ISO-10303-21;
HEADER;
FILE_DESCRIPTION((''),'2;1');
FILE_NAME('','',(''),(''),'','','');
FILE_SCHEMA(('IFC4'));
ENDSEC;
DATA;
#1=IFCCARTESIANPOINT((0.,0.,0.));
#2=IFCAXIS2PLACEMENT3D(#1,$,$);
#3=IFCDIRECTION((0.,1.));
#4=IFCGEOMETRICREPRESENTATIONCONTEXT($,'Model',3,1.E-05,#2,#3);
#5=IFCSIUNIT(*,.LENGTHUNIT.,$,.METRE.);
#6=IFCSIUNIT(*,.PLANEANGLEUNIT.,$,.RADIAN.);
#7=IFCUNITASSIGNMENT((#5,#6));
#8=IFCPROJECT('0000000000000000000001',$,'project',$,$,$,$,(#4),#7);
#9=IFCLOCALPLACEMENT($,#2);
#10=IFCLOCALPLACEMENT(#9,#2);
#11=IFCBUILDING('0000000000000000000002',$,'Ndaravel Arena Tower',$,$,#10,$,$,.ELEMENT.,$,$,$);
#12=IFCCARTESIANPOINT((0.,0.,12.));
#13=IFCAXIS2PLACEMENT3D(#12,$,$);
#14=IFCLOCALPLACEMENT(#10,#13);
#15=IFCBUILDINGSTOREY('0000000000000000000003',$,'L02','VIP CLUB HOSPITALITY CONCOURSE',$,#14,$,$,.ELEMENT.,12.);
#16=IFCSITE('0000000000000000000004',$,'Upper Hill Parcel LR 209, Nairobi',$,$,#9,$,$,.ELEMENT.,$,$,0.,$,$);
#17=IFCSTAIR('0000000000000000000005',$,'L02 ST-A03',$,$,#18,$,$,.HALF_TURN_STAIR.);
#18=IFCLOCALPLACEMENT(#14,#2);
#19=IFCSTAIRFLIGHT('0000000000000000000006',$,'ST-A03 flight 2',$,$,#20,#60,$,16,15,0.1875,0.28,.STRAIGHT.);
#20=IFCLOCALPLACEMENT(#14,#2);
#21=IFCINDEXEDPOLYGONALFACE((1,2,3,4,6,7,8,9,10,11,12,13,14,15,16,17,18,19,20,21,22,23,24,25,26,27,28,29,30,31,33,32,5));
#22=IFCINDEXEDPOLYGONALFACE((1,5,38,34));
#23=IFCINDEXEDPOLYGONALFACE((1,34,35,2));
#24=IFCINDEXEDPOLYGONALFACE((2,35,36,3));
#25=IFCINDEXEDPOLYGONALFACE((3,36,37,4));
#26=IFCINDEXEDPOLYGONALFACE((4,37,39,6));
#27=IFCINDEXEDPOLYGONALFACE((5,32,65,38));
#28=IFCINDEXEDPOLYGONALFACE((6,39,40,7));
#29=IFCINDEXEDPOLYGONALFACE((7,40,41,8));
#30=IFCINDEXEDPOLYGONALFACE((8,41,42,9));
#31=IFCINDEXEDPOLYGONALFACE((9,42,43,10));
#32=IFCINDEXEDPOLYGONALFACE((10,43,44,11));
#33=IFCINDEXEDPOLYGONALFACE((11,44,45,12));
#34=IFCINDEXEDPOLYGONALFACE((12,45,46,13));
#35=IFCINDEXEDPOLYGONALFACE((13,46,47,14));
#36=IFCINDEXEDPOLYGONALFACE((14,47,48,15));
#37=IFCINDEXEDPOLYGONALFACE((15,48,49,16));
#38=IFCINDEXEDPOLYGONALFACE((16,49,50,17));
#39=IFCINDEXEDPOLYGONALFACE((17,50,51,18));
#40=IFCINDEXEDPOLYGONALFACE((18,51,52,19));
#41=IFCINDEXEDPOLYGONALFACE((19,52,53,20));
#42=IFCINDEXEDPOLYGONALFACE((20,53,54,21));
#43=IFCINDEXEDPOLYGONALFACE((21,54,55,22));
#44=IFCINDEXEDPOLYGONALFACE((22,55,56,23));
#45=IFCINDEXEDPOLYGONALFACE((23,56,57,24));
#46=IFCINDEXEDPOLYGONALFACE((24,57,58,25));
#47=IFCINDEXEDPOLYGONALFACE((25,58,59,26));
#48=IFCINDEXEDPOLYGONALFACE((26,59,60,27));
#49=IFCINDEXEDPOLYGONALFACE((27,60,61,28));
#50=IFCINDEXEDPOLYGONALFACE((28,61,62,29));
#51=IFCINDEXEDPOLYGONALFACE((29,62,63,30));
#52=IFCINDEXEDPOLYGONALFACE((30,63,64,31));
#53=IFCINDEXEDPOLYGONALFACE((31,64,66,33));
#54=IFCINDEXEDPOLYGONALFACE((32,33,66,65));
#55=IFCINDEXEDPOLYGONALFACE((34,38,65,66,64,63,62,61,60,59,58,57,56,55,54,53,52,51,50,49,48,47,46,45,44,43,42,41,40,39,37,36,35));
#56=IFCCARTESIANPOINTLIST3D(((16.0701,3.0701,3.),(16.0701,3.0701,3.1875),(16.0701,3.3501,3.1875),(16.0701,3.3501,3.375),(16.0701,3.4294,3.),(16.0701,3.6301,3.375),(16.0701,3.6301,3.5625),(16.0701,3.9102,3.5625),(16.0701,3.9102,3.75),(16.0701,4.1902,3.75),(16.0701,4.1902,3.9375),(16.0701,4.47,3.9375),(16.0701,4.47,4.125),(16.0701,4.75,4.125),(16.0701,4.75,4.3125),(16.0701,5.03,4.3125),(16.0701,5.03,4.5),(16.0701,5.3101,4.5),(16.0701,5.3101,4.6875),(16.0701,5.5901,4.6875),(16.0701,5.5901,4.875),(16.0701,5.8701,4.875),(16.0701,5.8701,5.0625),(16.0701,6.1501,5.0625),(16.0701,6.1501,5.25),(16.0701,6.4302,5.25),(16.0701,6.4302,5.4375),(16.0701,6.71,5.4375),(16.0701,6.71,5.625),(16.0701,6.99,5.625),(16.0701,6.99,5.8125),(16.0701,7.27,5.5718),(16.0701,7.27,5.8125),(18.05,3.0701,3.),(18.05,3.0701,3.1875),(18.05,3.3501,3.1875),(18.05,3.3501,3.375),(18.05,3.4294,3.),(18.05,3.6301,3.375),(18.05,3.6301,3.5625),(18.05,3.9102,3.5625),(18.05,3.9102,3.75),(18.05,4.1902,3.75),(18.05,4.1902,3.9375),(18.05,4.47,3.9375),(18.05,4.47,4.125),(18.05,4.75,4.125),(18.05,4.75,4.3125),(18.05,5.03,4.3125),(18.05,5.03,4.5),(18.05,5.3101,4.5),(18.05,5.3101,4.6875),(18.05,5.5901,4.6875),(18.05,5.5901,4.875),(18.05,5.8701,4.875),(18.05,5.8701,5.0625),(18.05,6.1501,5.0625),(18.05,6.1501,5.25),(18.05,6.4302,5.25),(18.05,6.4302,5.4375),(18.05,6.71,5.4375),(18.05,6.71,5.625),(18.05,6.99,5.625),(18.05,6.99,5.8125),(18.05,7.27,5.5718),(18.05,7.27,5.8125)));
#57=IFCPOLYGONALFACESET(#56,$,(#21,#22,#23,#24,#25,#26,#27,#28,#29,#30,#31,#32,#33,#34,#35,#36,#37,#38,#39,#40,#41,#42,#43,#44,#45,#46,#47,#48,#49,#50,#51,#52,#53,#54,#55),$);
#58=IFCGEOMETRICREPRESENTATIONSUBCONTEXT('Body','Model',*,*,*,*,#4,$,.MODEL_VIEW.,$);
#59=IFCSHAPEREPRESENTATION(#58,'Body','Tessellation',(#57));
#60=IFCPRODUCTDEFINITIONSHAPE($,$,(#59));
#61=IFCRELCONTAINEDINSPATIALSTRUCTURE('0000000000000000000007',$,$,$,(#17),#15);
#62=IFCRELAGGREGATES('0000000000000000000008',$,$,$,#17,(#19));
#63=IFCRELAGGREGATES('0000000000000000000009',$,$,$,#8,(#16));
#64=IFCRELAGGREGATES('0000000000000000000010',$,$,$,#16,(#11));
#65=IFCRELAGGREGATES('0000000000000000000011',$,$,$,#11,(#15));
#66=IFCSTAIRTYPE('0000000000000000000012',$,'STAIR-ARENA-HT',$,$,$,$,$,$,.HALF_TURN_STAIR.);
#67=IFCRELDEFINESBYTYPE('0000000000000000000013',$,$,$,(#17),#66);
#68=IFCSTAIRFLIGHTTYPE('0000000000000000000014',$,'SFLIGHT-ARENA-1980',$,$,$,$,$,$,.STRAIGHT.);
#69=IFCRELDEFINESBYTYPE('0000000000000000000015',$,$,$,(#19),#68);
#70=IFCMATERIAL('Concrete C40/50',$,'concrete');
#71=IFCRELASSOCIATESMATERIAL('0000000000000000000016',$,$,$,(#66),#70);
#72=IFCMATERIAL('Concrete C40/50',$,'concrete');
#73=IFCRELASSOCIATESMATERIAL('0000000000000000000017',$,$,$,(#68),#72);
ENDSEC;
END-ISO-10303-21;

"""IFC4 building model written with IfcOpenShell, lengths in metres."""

from ifc_helpers import new_model, si_unit, direction, frame, origin, place, context, subcontext, project, spatial, polyline, outline, extrude, material, type_object, element, aggregate, save


model = new_model("IFC4")

# Units and contexts
model_context = context("Model", 3, precision=1e-05, world=origin(), true_north=direction((0.0, 1.0)))
body_context = subcontext(model_context, "Body", "Model", "MODEL_VIEW")
ifc_project = project(units=[si_unit("LENGTHUNIT", "METRE"), si_unit("PLANEANGLEUNIT", "RADIAN")], contexts=[model_context])

# Site, building, storey
site_placement = place(None, origin())
site = spatial("IfcSite", under=ifc_project, at=site_placement, Name="Upper Hill Parcel LR 209, Nairobi", CompositionType="ELEMENT", RefElevation=0.0)
building_placement = place(site_placement, origin())
building = spatial("IfcBuilding", under=site, at=building_placement, Name="Ndaravel Arena Tower", CompositionType="ELEMENT")
storey_placement = place(building_placement, frame((0.0, 0.0, 12.0)))
storey = spatial("IfcBuildingStorey", under=building, at=storey_placement, Name="L02", Description="VIP CLUB HOSPITALITY CONCOURSE", CompositionType="ELEMENT", Elevation=12.0)

# Stair, stair flight
ifc_material_1 = material(Name="Concrete C40/50", Category="concrete")
stair_type = type_object("IfcStairType", Name="STAIR-ARENA-HT", PredefinedType="HALF_TURN_STAIR", material=ifc_material_1)
stair_placement = place(storey_placement, origin())
stair = element("IfcStair", 1, at=stair_placement, inside=storey, type_object=stair_type, Name="L02 ST-A03", PredefinedType="HALF_TURN_STAIR")
ifc_material_2 = material(Name="Concrete C40/50", Category="concrete")
stair_flight_type = type_object("IfcStairFlightType", Name="SFLIGHT-ARENA-1980", PredefinedType="STRAIGHT", material=ifc_material_2)
stair_flight_1_placement = place(storey_placement, frame((17.0601, 3.0701, 3.0), z_axis=(0.0, 0.0, 1.0), x_axis=(0.0, 1.0, 0.0)))
stair_flight_1 = element("IfcStairFlight", 2, at=stair_flight_1_placement, type_object=stair_flight_type, Name="ST-A03 flight 2", NumberOfRisers=16, NumberOfTreads=15, PredefinedType="STRAIGHT", RiserHeight=0.1875, TreadLength=0.28, context=body_context, shape_type="SweptSolid", body=[
    extrude(outline(polyline([(0.0, 0.0), (0.0, 0.1875), (0.28, 0.1875), (0.28, 0.375), (0.5601, 0.375), (0.5601, 0.5625), (0.8401, 0.5625), (0.8401, 0.75), (1.1201, 0.75), (1.1201, 0.9375), (1.3999, 0.9375), (1.3999, 1.125), (1.6799, 1.125), (1.6799, 1.3125), (1.96, 1.3125), (1.96, 1.5), (2.24, 1.5), (2.24, 1.6875), (2.52, 1.6875), (2.52, 1.875), (2.8, 1.875), (2.8, 2.0625), (3.0801, 2.0625), (3.0801, 2.25), (3.3601, 2.25), (3.3601, 2.4375), (3.6399, 2.4375), (3.6399, 2.625), (3.9199, 2.625), (3.9199, 2.8125), (4.2, 2.8125), (4.2, 3.0), (4.2, 2.5718), (0.3594, 0.0), (0.0, 0.0)])), frame((0.0, 0.99, 0.0), z_axis=(0.0, -1.0, 0.0), x_axis=(1.0, 0.0, 0.0)), (0.0, 0.0, 1.0), 1.98),
])
aggregate(stair, [stair_flight_1])

save(model, "model.ifc")
